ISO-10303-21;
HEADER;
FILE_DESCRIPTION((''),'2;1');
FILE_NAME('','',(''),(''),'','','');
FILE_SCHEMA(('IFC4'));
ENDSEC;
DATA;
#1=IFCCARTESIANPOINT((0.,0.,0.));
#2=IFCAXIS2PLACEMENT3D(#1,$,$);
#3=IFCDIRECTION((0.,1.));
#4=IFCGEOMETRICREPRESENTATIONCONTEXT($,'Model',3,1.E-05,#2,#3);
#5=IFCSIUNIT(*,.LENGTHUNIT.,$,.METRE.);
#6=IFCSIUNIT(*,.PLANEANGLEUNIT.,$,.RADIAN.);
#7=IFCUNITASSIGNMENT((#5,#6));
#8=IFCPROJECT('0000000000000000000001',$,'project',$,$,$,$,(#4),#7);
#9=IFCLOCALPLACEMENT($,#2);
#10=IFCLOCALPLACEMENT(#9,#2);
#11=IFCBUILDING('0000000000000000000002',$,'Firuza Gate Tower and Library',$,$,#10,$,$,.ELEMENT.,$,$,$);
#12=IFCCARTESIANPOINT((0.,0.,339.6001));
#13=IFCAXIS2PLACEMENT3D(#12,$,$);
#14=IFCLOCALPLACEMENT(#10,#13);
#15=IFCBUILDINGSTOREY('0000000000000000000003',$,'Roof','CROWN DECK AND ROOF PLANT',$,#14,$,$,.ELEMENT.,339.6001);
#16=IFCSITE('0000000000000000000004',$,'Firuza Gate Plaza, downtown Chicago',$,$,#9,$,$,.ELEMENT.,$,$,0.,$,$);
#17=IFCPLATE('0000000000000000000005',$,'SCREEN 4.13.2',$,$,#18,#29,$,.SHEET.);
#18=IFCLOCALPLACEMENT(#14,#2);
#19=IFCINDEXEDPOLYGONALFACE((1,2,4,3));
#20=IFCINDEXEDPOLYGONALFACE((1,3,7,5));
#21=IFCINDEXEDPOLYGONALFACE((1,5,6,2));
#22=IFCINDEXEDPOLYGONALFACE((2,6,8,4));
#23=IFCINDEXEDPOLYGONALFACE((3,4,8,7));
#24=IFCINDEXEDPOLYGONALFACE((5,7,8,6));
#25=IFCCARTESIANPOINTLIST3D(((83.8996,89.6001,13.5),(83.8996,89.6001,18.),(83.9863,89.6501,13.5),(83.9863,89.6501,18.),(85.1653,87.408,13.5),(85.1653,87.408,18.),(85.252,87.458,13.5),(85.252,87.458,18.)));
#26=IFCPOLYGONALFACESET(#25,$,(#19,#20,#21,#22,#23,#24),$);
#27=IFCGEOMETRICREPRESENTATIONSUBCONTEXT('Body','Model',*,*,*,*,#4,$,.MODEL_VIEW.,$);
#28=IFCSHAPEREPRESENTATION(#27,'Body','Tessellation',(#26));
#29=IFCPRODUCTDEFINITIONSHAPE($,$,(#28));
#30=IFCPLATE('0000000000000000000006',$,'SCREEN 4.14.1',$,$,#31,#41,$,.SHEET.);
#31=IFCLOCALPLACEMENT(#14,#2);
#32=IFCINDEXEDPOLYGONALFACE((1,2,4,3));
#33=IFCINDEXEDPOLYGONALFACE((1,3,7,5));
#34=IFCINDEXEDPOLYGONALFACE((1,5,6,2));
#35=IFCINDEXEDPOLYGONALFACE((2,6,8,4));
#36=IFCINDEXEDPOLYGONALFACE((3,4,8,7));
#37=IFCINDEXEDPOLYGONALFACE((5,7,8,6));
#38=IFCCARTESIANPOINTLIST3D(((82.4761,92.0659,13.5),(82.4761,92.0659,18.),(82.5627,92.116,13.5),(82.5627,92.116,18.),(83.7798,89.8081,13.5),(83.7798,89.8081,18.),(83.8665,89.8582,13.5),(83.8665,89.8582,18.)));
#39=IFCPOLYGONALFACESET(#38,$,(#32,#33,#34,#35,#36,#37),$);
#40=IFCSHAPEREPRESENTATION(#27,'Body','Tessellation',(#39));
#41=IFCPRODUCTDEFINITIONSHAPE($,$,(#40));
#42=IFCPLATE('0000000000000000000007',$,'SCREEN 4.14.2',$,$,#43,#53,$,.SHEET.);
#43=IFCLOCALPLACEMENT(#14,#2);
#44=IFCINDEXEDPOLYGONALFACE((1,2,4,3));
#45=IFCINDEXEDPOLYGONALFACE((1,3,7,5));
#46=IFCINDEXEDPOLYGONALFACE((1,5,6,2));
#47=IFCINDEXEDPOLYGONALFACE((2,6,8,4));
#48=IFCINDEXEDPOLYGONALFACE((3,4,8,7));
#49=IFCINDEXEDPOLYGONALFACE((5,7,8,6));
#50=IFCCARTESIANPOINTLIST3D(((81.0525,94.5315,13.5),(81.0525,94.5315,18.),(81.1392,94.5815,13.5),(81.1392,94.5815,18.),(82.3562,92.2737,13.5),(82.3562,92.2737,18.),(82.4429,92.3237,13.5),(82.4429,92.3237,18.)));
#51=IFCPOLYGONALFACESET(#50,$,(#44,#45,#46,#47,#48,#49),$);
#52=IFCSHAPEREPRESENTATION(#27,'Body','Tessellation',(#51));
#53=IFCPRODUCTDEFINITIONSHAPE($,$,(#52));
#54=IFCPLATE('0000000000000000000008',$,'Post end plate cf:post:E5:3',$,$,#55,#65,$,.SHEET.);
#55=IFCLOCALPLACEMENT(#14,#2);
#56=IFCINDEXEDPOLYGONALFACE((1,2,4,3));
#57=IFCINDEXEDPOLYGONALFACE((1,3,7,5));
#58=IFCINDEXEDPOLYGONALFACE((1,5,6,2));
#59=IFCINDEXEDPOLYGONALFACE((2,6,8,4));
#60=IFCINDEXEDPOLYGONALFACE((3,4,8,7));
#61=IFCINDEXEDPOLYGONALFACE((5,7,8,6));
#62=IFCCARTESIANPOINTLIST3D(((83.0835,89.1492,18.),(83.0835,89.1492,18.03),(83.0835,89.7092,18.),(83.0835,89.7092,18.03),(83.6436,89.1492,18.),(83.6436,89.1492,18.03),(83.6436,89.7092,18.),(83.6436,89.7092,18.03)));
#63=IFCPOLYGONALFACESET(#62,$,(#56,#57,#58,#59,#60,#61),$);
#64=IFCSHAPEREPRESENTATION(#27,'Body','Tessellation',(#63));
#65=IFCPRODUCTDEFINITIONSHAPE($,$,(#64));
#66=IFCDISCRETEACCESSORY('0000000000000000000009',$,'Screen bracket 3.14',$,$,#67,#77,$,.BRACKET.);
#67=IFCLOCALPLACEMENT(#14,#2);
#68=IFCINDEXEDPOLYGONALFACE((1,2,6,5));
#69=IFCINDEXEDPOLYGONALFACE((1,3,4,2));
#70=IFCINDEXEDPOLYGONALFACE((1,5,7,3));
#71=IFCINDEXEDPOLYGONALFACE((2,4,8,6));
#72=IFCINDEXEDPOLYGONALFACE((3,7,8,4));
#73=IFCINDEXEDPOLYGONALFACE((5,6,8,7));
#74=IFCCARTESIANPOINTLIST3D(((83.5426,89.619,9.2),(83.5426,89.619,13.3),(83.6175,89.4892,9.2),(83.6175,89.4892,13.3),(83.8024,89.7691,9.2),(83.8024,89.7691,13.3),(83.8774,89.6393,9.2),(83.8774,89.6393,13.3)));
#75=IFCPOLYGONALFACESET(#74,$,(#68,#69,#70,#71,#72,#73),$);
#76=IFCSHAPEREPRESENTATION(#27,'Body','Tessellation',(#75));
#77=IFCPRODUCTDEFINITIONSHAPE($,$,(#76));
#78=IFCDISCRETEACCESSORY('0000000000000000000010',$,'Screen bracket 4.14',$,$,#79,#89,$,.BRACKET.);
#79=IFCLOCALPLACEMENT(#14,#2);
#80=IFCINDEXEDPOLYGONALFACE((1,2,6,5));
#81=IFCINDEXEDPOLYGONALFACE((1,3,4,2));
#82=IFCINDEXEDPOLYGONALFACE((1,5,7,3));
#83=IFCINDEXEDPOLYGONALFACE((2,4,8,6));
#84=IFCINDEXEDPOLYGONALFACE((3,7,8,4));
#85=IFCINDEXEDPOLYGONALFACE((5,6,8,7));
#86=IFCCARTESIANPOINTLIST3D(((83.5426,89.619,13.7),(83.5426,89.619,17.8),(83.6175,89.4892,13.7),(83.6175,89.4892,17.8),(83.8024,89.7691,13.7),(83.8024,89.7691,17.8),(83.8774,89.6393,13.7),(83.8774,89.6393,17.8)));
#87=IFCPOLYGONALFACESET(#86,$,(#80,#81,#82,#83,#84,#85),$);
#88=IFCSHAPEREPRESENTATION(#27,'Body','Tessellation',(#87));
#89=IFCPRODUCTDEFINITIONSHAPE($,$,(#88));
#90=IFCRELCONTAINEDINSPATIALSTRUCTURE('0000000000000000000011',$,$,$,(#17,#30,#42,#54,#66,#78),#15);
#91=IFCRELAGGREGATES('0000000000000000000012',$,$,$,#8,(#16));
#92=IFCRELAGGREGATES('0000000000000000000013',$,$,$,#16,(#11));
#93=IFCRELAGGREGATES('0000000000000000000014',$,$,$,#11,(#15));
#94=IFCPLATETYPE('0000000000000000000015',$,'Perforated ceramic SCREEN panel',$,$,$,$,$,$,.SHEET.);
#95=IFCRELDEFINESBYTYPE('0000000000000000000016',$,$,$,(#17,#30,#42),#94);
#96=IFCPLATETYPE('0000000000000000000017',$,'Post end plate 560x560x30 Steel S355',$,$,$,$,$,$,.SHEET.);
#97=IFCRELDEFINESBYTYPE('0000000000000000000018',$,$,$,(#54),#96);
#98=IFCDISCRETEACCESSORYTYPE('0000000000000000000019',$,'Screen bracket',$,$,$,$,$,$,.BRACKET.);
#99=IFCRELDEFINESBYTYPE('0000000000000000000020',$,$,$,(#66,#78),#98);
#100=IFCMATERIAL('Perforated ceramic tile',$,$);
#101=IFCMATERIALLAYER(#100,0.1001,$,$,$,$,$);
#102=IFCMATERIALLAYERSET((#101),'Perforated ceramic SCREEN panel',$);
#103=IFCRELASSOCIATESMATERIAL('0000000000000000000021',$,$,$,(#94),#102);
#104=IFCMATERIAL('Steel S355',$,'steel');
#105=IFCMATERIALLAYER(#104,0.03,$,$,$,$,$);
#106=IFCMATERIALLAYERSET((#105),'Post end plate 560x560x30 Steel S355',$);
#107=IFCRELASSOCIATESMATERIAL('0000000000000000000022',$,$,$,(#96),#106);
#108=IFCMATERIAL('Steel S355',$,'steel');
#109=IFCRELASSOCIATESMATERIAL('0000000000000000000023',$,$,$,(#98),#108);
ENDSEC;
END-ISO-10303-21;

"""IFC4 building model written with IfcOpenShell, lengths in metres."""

from ifc_helpers import new_model, si_unit, direction, frame, origin, origin_2d, place, context, subcontext, project, spatial, polyline, rectangle, outline, extrude, material, layer, layer_set, type_object, element, save


model = new_model("IFC4")

# Units and contexts
model_context = context("Model", 3, precision=1e-05, world=origin(), true_north=direction((0.0, 1.0)))
body_context = subcontext(model_context, "Body", "Model", "MODEL_VIEW")
ifc_project = project(units=[si_unit("LENGTHUNIT", "METRE"), si_unit("PLANEANGLEUNIT", "RADIAN")], contexts=[model_context])

# Site, building, storey
site_placement = place(None, origin())
site = spatial("IfcSite", under=ifc_project, at=site_placement, Name="Firuza Gate Plaza, downtown Chicago", CompositionType="ELEMENT", RefElevation=0.0)
building_placement = place(site_placement, origin())
building = spatial("IfcBuilding", under=site, at=building_placement, Name="Firuza Gate Tower and Library", CompositionType="ELEMENT")
storey_placement = place(building_placement, frame((0.0, 0.0, 339.6001)))
storey = spatial("IfcBuildingStorey", under=building, at=storey_placement, Name="Roof", Description="CROWN DECK AND ROOF PLANT", CompositionType="ELEMENT", Elevation=339.6001)

# Plates
ifc_material_1 = material(Name="Perforated ceramic tile")
ifc_layer_1 = layer(ifc_material_1, 0.1001)
ifc_layer_set_1 = layer_set([ifc_layer_1], Name="Perforated ceramic SCREEN panel")
plate_type_1 = type_object("IfcPlateType", Name="Perforated ceramic SCREEN panel", PredefinedType="SHEET", material=ifc_layer_set_1)
plate_1_placement = place(storey_placement, frame((85.252, 87.458, 13.5), z_axis=(0.866027, 0.499998, 0.0), x_axis=(-0.499998, 0.866027, 0.0)))
element("IfcPlate", 1, at=plate_1_placement, inside=storey, type_object=plate_type_1, Name="SCREEN 4.13.2", PredefinedType="SHEET", context=body_context, shape_type="SweptSolid", body=[
    extrude(outline(polyline([(0.0, 0.0), (2.5313, 0.0), (2.5313, 4.5), (0.0, 4.5), (0.0, 0.0)])), origin(), (0.0, 0.0, -1.0), 0.1001),
])
for number, where, z_axis, x_axis, name in (
    (2, (83.8665, 89.8582, 13.5), (0.865998, 0.500047, 0.0), (-0.500047, 0.865998, 0.0), "SCREEN 4.14.1"),
    (3, (82.4429, 92.3237, 13.5), (0.865998, 0.500047, 0.0), (-0.500047, 0.865998, 0.0), "SCREEN 4.14.2"),
):
    element("IfcPlate", number, at=place(storey_placement, frame(where, z_axis=z_axis, x_axis=x_axis)), inside=storey, type_object=plate_type_1, Name=name, PredefinedType="SHEET", context=body_context, shape_type="SweptSolid", body=[
        extrude(outline(polyline([(0.0, 0.0), (2.6072, 0.0), (2.6072, 4.5), (0.0, 4.5), (0.0, 0.0)])), origin(), (0.0, 0.0, -1.0), 0.1001),
    ])
ifc_material_2 = material(Name="Steel S355", Category="steel")
ifc_layer_2 = layer(ifc_material_2, 0.03)
ifc_layer_set_2 = layer_set([ifc_layer_2], Name="Post end plate 560x560x30 Steel S355")
plate_type_2 = type_object("IfcPlateType", Name="Post end plate 560x560x30 Steel S355", PredefinedType="SHEET", material=ifc_layer_set_2)
plate_2_placement = place(storey_placement, frame((83.3635, 89.4292, 18.0), z_axis=(0.0, 0.0, 1.0), x_axis=(1.0, 0.0, 0.0)))
element("IfcPlate", 4, at=plate_2_placement, inside=storey, type_object=plate_type_2, Name="Post end plate cf:post:E5:3", PredefinedType="SHEET", context=body_context, shape_type="SweptSolid", body=[
    extrude(rectangle(XDim=0.5601, YDim=0.5601, at=origin_2d()), origin(), (0.0, 0.0, 1.0), 0.03),
])

# Discrete accessories
ifc_material_3 = material(Name="Steel S355", Category="steel")
discrete_accessory_type = type_object("IfcDiscreteAccessoryType", Name="Screen bracket", PredefinedType="BRACKET", material=ifc_material_3)
for number, where, z_axis, x_axis, name in (
    (5, (83.71, 89.6292, 9.2), (0.0, 0.0, 1.0), (0.866025, 0.5, 0.0), "Screen bracket 3.14"),
    (6, (83.71, 89.6292, 13.7), (0.0, 0.0, 1.0), (0.866025, 0.5, 0.0), "Screen bracket 4.14"),
):
    element("IfcDiscreteAccessory", number, at=place(storey_placement, frame(where, z_axis=z_axis, x_axis=x_axis)), inside=storey, type_object=discrete_accessory_type, Name=name, PredefinedType="BRACKET", context=body_context, shape_type="SweptSolid", body=[
        extrude(rectangle(XDim=0.3, YDim=0.1499, at=origin_2d()), origin(), (0.0, 0.0, 1.0), 4.1001),
    ])

save(model, "model.ifc")
